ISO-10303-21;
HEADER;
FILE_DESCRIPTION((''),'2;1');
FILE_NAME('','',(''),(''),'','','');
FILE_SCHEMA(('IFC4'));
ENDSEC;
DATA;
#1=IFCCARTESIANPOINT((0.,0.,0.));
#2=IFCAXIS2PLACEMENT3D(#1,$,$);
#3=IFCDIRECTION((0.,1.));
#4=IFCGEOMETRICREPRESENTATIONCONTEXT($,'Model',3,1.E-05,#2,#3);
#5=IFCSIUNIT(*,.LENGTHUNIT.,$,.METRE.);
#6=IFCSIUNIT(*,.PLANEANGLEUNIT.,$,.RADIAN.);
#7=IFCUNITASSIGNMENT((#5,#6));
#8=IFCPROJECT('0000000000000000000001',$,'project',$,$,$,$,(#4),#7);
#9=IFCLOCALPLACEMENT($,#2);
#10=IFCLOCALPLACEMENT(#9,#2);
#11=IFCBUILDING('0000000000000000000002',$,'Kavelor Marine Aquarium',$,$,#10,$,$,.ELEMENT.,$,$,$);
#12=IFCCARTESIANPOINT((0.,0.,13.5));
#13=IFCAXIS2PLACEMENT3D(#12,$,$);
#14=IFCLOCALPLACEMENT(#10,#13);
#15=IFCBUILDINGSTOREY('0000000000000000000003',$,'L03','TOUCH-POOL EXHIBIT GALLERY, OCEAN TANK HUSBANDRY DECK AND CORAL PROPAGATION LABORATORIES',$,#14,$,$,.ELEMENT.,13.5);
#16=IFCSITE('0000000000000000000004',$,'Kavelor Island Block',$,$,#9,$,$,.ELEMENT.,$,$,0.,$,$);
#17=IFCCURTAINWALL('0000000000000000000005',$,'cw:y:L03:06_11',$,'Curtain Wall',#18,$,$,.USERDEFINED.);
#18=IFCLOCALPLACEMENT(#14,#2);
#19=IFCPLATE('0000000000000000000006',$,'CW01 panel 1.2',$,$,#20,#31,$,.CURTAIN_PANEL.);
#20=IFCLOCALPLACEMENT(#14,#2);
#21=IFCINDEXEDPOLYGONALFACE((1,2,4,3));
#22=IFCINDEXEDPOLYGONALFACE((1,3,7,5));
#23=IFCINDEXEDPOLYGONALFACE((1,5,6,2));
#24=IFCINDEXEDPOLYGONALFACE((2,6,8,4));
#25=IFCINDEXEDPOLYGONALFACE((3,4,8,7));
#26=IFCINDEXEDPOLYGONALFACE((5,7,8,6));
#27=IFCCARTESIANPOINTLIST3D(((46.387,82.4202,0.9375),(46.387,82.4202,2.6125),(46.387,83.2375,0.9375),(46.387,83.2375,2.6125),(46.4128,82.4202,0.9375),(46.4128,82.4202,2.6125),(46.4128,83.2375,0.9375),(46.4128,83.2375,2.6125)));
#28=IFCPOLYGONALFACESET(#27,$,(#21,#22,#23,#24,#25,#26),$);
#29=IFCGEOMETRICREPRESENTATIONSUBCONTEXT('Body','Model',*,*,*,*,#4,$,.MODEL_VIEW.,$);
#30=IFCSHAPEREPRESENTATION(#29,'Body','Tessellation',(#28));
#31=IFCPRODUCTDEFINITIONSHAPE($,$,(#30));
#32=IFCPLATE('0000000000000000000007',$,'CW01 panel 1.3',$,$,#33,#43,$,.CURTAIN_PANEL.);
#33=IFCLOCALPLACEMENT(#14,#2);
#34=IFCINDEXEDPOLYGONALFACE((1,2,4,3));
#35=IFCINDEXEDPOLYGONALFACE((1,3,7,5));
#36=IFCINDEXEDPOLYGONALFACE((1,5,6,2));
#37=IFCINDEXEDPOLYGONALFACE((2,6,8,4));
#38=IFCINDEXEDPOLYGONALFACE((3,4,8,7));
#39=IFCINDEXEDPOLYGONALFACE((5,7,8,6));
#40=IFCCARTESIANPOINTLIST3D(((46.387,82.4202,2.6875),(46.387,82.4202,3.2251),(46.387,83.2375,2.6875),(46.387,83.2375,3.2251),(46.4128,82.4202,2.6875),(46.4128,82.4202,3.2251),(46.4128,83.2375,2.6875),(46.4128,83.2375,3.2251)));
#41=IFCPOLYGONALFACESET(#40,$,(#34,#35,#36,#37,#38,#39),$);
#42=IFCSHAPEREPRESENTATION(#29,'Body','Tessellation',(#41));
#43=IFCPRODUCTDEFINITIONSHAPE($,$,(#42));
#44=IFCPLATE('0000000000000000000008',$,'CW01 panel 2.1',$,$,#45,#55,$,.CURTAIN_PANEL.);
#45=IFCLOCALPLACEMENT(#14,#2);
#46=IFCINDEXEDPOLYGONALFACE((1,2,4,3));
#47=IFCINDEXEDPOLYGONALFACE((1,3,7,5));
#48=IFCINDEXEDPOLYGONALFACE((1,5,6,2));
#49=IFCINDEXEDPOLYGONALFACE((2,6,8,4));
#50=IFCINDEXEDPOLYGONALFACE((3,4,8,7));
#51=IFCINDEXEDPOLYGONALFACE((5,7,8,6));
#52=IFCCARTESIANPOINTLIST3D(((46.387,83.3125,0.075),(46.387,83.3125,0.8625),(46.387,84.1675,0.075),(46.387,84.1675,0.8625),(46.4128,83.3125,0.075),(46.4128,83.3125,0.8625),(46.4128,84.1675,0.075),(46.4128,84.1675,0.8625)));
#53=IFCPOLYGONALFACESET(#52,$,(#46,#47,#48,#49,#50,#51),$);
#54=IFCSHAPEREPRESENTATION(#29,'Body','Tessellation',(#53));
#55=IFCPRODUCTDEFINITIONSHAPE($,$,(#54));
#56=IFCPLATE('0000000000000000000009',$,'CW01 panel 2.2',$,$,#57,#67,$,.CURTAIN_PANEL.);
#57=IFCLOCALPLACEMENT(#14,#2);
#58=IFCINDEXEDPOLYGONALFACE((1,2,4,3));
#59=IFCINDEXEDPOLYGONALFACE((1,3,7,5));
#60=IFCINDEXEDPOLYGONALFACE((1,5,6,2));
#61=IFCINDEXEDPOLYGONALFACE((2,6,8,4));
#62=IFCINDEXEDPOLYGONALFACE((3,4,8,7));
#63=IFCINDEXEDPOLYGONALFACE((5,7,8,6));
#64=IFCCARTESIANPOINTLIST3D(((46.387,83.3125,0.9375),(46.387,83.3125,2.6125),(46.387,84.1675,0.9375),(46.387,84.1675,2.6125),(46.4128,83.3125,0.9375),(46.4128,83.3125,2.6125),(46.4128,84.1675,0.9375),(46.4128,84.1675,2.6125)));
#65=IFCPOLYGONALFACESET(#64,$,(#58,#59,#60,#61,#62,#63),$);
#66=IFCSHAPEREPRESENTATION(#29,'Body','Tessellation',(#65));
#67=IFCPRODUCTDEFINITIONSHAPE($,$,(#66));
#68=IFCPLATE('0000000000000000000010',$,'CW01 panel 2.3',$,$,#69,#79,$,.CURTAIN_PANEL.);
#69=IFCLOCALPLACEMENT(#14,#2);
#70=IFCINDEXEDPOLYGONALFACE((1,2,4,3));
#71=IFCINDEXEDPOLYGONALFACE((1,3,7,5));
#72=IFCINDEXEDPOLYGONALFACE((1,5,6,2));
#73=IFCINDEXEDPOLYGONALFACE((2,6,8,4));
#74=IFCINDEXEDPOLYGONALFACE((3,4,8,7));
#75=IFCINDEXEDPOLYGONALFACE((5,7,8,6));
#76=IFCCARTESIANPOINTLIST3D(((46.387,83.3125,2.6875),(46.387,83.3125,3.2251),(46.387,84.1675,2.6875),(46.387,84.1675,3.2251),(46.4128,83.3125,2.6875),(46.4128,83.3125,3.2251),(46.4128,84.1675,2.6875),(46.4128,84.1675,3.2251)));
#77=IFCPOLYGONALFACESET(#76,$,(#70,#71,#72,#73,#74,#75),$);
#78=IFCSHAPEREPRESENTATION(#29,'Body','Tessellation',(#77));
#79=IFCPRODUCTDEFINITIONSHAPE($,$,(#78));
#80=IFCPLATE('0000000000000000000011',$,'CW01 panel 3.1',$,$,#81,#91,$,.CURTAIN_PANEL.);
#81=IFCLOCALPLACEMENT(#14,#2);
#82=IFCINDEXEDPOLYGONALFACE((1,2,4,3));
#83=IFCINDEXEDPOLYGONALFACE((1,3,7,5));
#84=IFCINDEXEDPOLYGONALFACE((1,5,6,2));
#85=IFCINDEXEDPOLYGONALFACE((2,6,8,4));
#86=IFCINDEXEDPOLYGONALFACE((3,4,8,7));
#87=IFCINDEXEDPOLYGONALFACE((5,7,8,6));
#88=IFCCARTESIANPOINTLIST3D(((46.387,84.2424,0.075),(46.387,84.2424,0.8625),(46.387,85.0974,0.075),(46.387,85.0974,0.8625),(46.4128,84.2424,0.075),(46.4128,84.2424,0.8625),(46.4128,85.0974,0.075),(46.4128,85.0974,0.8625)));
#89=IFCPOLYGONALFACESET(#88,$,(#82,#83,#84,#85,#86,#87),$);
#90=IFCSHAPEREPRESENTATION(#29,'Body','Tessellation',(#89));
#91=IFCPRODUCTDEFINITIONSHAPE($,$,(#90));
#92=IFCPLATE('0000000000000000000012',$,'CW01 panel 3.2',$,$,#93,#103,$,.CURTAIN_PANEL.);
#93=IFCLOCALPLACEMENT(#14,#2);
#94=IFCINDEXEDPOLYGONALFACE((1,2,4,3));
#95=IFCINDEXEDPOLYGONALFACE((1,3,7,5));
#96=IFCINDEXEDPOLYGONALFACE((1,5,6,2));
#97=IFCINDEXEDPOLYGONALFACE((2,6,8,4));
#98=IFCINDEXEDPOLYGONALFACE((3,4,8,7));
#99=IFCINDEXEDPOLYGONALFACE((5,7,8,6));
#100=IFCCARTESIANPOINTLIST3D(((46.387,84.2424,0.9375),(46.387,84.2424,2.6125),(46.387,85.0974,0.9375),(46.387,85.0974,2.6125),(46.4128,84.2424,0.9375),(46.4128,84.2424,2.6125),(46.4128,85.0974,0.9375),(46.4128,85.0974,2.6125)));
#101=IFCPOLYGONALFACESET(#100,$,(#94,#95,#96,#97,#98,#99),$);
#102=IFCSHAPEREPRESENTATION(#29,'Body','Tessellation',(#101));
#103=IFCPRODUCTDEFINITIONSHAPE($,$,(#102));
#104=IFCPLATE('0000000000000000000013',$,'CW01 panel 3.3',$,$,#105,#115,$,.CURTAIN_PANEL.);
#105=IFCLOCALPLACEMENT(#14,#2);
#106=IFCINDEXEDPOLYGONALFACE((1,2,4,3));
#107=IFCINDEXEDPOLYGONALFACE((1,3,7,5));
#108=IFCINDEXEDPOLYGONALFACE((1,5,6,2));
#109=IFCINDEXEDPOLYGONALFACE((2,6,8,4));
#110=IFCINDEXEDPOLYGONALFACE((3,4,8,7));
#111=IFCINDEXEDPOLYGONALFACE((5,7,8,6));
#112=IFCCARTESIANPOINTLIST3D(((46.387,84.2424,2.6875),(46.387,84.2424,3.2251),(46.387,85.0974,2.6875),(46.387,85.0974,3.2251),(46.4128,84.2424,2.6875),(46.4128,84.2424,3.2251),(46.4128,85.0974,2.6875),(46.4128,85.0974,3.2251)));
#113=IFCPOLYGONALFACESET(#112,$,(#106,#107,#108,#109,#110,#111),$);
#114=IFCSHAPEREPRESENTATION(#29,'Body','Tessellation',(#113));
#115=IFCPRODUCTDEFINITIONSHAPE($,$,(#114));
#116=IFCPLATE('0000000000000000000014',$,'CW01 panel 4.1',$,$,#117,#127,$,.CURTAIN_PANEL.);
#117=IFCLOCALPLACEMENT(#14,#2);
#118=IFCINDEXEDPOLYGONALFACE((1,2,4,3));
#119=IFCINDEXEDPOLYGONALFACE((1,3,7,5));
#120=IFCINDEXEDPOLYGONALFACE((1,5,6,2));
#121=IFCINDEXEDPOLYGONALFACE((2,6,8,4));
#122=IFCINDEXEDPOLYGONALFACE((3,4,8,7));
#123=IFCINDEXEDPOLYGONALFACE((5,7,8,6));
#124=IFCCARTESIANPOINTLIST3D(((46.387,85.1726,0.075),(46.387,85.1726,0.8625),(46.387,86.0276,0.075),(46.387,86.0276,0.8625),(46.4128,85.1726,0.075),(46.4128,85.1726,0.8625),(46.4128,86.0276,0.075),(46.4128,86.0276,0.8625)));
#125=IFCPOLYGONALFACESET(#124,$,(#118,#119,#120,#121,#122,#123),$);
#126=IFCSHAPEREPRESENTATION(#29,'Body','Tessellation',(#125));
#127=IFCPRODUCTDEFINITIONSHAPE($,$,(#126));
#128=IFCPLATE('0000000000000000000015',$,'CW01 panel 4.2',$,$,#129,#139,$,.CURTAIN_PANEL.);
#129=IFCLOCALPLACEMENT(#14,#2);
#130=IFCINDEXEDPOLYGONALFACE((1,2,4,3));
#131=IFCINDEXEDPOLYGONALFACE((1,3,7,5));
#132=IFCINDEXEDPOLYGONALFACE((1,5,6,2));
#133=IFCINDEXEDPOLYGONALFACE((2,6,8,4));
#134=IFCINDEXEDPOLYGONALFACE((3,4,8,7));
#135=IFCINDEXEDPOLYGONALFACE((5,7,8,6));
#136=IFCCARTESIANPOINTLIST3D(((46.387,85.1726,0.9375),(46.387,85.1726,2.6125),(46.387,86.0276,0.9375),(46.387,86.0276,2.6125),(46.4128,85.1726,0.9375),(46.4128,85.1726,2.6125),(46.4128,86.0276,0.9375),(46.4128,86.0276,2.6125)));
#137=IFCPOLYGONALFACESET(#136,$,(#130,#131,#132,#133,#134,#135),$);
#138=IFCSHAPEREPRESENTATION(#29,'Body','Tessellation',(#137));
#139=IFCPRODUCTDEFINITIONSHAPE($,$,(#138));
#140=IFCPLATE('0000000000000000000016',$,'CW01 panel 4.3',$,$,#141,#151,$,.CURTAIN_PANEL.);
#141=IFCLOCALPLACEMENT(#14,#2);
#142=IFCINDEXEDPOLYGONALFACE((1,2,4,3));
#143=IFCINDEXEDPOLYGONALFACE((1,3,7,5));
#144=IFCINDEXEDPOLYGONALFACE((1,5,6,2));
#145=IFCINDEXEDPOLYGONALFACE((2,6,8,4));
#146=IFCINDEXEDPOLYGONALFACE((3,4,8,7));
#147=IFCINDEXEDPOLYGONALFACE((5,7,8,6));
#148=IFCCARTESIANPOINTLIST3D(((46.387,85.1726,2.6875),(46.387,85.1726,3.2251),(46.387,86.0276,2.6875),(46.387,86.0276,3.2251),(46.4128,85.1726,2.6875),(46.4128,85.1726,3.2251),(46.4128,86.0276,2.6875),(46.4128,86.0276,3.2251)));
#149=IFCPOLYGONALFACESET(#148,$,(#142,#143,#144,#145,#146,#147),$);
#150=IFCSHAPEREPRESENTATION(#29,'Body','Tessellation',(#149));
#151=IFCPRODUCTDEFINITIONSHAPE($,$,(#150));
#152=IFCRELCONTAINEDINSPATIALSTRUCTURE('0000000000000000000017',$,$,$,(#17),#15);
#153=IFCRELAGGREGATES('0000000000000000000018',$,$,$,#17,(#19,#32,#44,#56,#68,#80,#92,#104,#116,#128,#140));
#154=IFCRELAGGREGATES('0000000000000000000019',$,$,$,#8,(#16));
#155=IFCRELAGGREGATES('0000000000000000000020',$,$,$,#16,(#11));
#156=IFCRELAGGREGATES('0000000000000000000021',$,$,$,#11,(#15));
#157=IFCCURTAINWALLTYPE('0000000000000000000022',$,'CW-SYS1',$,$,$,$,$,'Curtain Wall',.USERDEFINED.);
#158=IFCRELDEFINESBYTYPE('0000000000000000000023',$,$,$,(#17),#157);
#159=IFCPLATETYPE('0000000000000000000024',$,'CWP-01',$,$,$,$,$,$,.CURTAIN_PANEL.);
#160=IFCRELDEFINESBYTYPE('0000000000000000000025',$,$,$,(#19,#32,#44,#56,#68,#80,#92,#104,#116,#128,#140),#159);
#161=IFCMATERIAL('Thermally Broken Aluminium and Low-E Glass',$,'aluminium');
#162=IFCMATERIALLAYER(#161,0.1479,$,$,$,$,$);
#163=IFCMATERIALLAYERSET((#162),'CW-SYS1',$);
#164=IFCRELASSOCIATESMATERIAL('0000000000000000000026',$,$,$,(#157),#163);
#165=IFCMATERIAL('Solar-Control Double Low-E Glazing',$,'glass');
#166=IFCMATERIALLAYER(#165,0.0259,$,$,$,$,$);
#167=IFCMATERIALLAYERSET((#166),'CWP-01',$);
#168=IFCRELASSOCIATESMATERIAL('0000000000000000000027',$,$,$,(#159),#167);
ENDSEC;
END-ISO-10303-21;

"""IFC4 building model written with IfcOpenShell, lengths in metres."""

from ifc_helpers import new_model, si_unit, direction, frame, origin, origin_2d, place, context, subcontext, project, spatial, rectangle, extrude, material, layer, layer_set, type_object, element, aggregate, save


model = new_model("IFC4")

# Units and contexts
model_context = context("Model", 3, precision=1e-05, world=origin(), true_north=direction((0.0, 1.0)))
body_context = subcontext(model_context, "Body", "Model", "MODEL_VIEW")
ifc_project = project(units=[si_unit("LENGTHUNIT", "METRE"), si_unit("PLANEANGLEUNIT", "RADIAN")], contexts=[model_context])

# Site, building, storey
site_placement = place(None, origin())
site = spatial("IfcSite", under=ifc_project, at=site_placement, Name="Kavelor Island Block", CompositionType="ELEMENT", RefElevation=0.0)
building_placement = place(site_placement, origin())
building = spatial("IfcBuilding", under=site, at=building_placement, Name="Kavelor Marine Aquarium", CompositionType="ELEMENT")
storey_placement = place(building_placement, frame((0.0, 0.0, 13.5)))
storey = spatial("IfcBuildingStorey", under=building, at=storey_placement, Name="L03", Description="TOUCH-POOL EXHIBIT GALLERY, OCEAN TANK HUSBANDRY DECK AND CORAL PROPAGATION LABORATORIES", CompositionType="ELEMENT", Elevation=13.5)

# Curtain wall
ifc_material_1 = material(Name="Thermally Broken Aluminium and Low-E Glass", Category="aluminium")
ifc_layer_1 = layer(ifc_material_1, 0.1479)
ifc_layer_set_1 = layer_set([ifc_layer_1], Name="CW-SYS1")
curtain_wall_type_1 = type_object("IfcCurtainWallType", Name="CW-SYS1", ElementType="Curtain Wall", PredefinedType="USERDEFINED", material=ifc_layer_set_1)
curtain_wall_1_placement = place(storey_placement, origin())
curtain_wall_1 = element("IfcCurtainWall", 1, at=curtain_wall_1_placement, inside=storey, type_object=curtain_wall_type_1, Name="cw:y:L03:06_11", ObjectType="Curtain Wall", PredefinedType="USERDEFINED")

# Plates
ifc_material_2 = material(Name="Solar-Control Double Low-E Glazing", Category="glass")
ifc_layer_2 = layer(ifc_material_2, 0.0259)
ifc_layer_set_2 = layer_set([ifc_layer_2], Name="CWP-01")
plate_type = type_object("IfcPlateType", Name="CWP-01", PredefinedType="CURTAIN_PANEL", material=ifc_layer_set_2)
plate_1_placement = place(storey_placement, frame((46.3999, 82.8289, 0.9375), z_axis=(0.0, 0.0, 1.0), x_axis=(0.0, 1.0, 0.0)))
plate_1 = element("IfcPlate", 2, at=plate_1_placement, type_object=plate_type, Name="CW01 panel 1.2", PredefinedType="CURTAIN_PANEL", context=body_context, shape_type="SweptSolid", body=[
    extrude(rectangle(XDim=0.8174, YDim=0.0259, at=origin_2d()), origin(), (0.0, 0.0, 1.0), 1.675),
])
plate_2_placement = place(storey_placement, frame((46.3999, 82.8289, 2.6875), z_axis=(0.0, 0.0, 1.0), x_axis=(0.0, 1.0, 0.0)))
plate_2 = element("IfcPlate", 3, at=plate_2_placement, type_object=plate_type, Name="CW01 panel 1.3", PredefinedType="CURTAIN_PANEL", context=body_context, shape_type="SweptSolid", body=[
    extrude(rectangle(XDim=0.8174, YDim=0.0259, at=origin_2d()), origin(), (0.0, 0.0, 1.0), 0.5376),
])
plate_3_placement = place(storey_placement, frame((46.3999, 83.74, 0.075), z_axis=(0.0, 0.0, 1.0), x_axis=(0.0, 1.0, 0.0)))
plate_3 = element("IfcPlate", 4, at=plate_3_placement, type_object=plate_type, Name="CW01 panel 2.1", PredefinedType="CURTAIN_PANEL", context=body_context, shape_type="SweptSolid", body=[
    extrude(rectangle(XDim=0.855, YDim=0.0259, at=origin_2d()), origin(), (0.0, 0.0, 1.0), 0.7876),
])
plate_4_placement = place(storey_placement, frame((46.3999, 83.74, 0.9375), z_axis=(0.0, 0.0, 1.0), x_axis=(0.0, 1.0, 0.0)))
plate_4 = element("IfcPlate", 5, at=plate_4_placement, type_object=plate_type, Name="CW01 panel 2.2", PredefinedType="CURTAIN_PANEL", context=body_context, shape_type="SweptSolid", body=[
    extrude(rectangle(XDim=0.855, YDim=0.0259, at=origin_2d()), origin(), (0.0, 0.0, 1.0), 1.675),
])
plate_5_placement = place(storey_placement, frame((46.3999, 83.74, 2.6875), z_axis=(0.0, 0.0, 1.0), x_axis=(0.0, 1.0, 0.0)))
plate_5 = element("IfcPlate", 6, at=plate_5_placement, type_object=plate_type, Name="CW01 panel 2.3", PredefinedType="CURTAIN_PANEL", context=body_context, shape_type="SweptSolid", body=[
    extrude(rectangle(XDim=0.855, YDim=0.0259, at=origin_2d()), origin(), (0.0, 0.0, 1.0), 0.5376),
])
plate_6_placement = place(storey_placement, frame((46.3999, 84.6699, 0.075), z_axis=(0.0, 0.0, 1.0), x_axis=(0.0, 1.0, 0.0)))
plate_6 = element("IfcPlate", 7, at=plate_6_placement, type_object=plate_type, Name="CW01 panel 3.1", PredefinedType="CURTAIN_PANEL", context=body_context, shape_type="SweptSolid", body=[
    extrude(rectangle(XDim=0.855, YDim=0.0259, at=origin_2d()), origin(), (0.0, 0.0, 1.0), 0.7876),
])
plate_7_placement = place(storey_placement, frame((46.3999, 84.6699, 0.9375), z_axis=(0.0, 0.0, 1.0), x_axis=(0.0, 1.0, 0.0)))
plate_7 = element("IfcPlate", 8, at=plate_7_placement, type_object=plate_type, Name="CW01 panel 3.2", PredefinedType="CURTAIN_PANEL", context=body_context, shape_type="SweptSolid", body=[
    extrude(rectangle(XDim=0.855, YDim=0.0259, at=origin_2d()), origin(), (0.0, 0.0, 1.0), 1.675),
])
plate_8_placement = place(storey_placement, frame((46.3999, 84.6699, 2.6875), z_axis=(0.0, 0.0, 1.0), x_axis=(0.0, 1.0, 0.0)))
plate_8 = element("IfcPlate", 9, at=plate_8_placement, type_object=plate_type, Name="CW01 panel 3.3", PredefinedType="CURTAIN_PANEL", context=body_context, shape_type="SweptSolid", body=[
    extrude(rectangle(XDim=0.855, YDim=0.0259, at=origin_2d()), origin(), (0.0, 0.0, 1.0), 0.5376),
])
plate_9_placement = place(storey_placement, frame((46.3999, 85.6001, 0.075), z_axis=(0.0, 0.0, 1.0), x_axis=(0.0, 1.0, 0.0)))
plate_9 = element("IfcPlate", 10, at=plate_9_placement, type_object=plate_type, Name="CW01 panel 4.1", PredefinedType="CURTAIN_PANEL", context=body_context, shape_type="SweptSolid", body=[
    extrude(rectangle(XDim=0.855, YDim=0.0259, at=origin_2d()), origin(), (0.0, 0.0, 1.0), 0.7876),
])
plate_10_placement = place(storey_placement, frame((46.3999, 85.6001, 0.9375), z_axis=(0.0, 0.0, 1.0), x_axis=(0.0, 1.0, 0.0)))
plate_10 = element("IfcPlate", 11, at=plate_10_placement, type_object=plate_type, Name="CW01 panel 4.2", PredefinedType="CURTAIN_PANEL", context=body_context, shape_type="SweptSolid", body=[
    extrude(rectangle(XDim=0.855, YDim=0.0259, at=origin_2d()), origin(), (0.0, 0.0, 1.0), 1.675),
])
plate_11_placement = place(storey_placement, frame((46.3999, 85.6001, 2.6875), z_axis=(0.0, 0.0, 1.0), x_axis=(0.0, 1.0, 0.0)))
plate_11 = element("IfcPlate", 12, at=plate_11_placement, type_object=plate_type, Name="CW01 panel 4.3", PredefinedType="CURTAIN_PANEL", context=body_context, shape_type="SweptSolid", body=[
    extrude(rectangle(XDim=0.855, YDim=0.0259, at=origin_2d()), origin(), (0.0, 0.0, 1.0), 0.5376),
])
aggregate(curtain_wall_1, [plate_1, plate_2, plate_3, plate_4, plate_5, plate_6, plate_7, plate_8, plate_9, plate_10, plate_11])

save(model, "model.ifc")
